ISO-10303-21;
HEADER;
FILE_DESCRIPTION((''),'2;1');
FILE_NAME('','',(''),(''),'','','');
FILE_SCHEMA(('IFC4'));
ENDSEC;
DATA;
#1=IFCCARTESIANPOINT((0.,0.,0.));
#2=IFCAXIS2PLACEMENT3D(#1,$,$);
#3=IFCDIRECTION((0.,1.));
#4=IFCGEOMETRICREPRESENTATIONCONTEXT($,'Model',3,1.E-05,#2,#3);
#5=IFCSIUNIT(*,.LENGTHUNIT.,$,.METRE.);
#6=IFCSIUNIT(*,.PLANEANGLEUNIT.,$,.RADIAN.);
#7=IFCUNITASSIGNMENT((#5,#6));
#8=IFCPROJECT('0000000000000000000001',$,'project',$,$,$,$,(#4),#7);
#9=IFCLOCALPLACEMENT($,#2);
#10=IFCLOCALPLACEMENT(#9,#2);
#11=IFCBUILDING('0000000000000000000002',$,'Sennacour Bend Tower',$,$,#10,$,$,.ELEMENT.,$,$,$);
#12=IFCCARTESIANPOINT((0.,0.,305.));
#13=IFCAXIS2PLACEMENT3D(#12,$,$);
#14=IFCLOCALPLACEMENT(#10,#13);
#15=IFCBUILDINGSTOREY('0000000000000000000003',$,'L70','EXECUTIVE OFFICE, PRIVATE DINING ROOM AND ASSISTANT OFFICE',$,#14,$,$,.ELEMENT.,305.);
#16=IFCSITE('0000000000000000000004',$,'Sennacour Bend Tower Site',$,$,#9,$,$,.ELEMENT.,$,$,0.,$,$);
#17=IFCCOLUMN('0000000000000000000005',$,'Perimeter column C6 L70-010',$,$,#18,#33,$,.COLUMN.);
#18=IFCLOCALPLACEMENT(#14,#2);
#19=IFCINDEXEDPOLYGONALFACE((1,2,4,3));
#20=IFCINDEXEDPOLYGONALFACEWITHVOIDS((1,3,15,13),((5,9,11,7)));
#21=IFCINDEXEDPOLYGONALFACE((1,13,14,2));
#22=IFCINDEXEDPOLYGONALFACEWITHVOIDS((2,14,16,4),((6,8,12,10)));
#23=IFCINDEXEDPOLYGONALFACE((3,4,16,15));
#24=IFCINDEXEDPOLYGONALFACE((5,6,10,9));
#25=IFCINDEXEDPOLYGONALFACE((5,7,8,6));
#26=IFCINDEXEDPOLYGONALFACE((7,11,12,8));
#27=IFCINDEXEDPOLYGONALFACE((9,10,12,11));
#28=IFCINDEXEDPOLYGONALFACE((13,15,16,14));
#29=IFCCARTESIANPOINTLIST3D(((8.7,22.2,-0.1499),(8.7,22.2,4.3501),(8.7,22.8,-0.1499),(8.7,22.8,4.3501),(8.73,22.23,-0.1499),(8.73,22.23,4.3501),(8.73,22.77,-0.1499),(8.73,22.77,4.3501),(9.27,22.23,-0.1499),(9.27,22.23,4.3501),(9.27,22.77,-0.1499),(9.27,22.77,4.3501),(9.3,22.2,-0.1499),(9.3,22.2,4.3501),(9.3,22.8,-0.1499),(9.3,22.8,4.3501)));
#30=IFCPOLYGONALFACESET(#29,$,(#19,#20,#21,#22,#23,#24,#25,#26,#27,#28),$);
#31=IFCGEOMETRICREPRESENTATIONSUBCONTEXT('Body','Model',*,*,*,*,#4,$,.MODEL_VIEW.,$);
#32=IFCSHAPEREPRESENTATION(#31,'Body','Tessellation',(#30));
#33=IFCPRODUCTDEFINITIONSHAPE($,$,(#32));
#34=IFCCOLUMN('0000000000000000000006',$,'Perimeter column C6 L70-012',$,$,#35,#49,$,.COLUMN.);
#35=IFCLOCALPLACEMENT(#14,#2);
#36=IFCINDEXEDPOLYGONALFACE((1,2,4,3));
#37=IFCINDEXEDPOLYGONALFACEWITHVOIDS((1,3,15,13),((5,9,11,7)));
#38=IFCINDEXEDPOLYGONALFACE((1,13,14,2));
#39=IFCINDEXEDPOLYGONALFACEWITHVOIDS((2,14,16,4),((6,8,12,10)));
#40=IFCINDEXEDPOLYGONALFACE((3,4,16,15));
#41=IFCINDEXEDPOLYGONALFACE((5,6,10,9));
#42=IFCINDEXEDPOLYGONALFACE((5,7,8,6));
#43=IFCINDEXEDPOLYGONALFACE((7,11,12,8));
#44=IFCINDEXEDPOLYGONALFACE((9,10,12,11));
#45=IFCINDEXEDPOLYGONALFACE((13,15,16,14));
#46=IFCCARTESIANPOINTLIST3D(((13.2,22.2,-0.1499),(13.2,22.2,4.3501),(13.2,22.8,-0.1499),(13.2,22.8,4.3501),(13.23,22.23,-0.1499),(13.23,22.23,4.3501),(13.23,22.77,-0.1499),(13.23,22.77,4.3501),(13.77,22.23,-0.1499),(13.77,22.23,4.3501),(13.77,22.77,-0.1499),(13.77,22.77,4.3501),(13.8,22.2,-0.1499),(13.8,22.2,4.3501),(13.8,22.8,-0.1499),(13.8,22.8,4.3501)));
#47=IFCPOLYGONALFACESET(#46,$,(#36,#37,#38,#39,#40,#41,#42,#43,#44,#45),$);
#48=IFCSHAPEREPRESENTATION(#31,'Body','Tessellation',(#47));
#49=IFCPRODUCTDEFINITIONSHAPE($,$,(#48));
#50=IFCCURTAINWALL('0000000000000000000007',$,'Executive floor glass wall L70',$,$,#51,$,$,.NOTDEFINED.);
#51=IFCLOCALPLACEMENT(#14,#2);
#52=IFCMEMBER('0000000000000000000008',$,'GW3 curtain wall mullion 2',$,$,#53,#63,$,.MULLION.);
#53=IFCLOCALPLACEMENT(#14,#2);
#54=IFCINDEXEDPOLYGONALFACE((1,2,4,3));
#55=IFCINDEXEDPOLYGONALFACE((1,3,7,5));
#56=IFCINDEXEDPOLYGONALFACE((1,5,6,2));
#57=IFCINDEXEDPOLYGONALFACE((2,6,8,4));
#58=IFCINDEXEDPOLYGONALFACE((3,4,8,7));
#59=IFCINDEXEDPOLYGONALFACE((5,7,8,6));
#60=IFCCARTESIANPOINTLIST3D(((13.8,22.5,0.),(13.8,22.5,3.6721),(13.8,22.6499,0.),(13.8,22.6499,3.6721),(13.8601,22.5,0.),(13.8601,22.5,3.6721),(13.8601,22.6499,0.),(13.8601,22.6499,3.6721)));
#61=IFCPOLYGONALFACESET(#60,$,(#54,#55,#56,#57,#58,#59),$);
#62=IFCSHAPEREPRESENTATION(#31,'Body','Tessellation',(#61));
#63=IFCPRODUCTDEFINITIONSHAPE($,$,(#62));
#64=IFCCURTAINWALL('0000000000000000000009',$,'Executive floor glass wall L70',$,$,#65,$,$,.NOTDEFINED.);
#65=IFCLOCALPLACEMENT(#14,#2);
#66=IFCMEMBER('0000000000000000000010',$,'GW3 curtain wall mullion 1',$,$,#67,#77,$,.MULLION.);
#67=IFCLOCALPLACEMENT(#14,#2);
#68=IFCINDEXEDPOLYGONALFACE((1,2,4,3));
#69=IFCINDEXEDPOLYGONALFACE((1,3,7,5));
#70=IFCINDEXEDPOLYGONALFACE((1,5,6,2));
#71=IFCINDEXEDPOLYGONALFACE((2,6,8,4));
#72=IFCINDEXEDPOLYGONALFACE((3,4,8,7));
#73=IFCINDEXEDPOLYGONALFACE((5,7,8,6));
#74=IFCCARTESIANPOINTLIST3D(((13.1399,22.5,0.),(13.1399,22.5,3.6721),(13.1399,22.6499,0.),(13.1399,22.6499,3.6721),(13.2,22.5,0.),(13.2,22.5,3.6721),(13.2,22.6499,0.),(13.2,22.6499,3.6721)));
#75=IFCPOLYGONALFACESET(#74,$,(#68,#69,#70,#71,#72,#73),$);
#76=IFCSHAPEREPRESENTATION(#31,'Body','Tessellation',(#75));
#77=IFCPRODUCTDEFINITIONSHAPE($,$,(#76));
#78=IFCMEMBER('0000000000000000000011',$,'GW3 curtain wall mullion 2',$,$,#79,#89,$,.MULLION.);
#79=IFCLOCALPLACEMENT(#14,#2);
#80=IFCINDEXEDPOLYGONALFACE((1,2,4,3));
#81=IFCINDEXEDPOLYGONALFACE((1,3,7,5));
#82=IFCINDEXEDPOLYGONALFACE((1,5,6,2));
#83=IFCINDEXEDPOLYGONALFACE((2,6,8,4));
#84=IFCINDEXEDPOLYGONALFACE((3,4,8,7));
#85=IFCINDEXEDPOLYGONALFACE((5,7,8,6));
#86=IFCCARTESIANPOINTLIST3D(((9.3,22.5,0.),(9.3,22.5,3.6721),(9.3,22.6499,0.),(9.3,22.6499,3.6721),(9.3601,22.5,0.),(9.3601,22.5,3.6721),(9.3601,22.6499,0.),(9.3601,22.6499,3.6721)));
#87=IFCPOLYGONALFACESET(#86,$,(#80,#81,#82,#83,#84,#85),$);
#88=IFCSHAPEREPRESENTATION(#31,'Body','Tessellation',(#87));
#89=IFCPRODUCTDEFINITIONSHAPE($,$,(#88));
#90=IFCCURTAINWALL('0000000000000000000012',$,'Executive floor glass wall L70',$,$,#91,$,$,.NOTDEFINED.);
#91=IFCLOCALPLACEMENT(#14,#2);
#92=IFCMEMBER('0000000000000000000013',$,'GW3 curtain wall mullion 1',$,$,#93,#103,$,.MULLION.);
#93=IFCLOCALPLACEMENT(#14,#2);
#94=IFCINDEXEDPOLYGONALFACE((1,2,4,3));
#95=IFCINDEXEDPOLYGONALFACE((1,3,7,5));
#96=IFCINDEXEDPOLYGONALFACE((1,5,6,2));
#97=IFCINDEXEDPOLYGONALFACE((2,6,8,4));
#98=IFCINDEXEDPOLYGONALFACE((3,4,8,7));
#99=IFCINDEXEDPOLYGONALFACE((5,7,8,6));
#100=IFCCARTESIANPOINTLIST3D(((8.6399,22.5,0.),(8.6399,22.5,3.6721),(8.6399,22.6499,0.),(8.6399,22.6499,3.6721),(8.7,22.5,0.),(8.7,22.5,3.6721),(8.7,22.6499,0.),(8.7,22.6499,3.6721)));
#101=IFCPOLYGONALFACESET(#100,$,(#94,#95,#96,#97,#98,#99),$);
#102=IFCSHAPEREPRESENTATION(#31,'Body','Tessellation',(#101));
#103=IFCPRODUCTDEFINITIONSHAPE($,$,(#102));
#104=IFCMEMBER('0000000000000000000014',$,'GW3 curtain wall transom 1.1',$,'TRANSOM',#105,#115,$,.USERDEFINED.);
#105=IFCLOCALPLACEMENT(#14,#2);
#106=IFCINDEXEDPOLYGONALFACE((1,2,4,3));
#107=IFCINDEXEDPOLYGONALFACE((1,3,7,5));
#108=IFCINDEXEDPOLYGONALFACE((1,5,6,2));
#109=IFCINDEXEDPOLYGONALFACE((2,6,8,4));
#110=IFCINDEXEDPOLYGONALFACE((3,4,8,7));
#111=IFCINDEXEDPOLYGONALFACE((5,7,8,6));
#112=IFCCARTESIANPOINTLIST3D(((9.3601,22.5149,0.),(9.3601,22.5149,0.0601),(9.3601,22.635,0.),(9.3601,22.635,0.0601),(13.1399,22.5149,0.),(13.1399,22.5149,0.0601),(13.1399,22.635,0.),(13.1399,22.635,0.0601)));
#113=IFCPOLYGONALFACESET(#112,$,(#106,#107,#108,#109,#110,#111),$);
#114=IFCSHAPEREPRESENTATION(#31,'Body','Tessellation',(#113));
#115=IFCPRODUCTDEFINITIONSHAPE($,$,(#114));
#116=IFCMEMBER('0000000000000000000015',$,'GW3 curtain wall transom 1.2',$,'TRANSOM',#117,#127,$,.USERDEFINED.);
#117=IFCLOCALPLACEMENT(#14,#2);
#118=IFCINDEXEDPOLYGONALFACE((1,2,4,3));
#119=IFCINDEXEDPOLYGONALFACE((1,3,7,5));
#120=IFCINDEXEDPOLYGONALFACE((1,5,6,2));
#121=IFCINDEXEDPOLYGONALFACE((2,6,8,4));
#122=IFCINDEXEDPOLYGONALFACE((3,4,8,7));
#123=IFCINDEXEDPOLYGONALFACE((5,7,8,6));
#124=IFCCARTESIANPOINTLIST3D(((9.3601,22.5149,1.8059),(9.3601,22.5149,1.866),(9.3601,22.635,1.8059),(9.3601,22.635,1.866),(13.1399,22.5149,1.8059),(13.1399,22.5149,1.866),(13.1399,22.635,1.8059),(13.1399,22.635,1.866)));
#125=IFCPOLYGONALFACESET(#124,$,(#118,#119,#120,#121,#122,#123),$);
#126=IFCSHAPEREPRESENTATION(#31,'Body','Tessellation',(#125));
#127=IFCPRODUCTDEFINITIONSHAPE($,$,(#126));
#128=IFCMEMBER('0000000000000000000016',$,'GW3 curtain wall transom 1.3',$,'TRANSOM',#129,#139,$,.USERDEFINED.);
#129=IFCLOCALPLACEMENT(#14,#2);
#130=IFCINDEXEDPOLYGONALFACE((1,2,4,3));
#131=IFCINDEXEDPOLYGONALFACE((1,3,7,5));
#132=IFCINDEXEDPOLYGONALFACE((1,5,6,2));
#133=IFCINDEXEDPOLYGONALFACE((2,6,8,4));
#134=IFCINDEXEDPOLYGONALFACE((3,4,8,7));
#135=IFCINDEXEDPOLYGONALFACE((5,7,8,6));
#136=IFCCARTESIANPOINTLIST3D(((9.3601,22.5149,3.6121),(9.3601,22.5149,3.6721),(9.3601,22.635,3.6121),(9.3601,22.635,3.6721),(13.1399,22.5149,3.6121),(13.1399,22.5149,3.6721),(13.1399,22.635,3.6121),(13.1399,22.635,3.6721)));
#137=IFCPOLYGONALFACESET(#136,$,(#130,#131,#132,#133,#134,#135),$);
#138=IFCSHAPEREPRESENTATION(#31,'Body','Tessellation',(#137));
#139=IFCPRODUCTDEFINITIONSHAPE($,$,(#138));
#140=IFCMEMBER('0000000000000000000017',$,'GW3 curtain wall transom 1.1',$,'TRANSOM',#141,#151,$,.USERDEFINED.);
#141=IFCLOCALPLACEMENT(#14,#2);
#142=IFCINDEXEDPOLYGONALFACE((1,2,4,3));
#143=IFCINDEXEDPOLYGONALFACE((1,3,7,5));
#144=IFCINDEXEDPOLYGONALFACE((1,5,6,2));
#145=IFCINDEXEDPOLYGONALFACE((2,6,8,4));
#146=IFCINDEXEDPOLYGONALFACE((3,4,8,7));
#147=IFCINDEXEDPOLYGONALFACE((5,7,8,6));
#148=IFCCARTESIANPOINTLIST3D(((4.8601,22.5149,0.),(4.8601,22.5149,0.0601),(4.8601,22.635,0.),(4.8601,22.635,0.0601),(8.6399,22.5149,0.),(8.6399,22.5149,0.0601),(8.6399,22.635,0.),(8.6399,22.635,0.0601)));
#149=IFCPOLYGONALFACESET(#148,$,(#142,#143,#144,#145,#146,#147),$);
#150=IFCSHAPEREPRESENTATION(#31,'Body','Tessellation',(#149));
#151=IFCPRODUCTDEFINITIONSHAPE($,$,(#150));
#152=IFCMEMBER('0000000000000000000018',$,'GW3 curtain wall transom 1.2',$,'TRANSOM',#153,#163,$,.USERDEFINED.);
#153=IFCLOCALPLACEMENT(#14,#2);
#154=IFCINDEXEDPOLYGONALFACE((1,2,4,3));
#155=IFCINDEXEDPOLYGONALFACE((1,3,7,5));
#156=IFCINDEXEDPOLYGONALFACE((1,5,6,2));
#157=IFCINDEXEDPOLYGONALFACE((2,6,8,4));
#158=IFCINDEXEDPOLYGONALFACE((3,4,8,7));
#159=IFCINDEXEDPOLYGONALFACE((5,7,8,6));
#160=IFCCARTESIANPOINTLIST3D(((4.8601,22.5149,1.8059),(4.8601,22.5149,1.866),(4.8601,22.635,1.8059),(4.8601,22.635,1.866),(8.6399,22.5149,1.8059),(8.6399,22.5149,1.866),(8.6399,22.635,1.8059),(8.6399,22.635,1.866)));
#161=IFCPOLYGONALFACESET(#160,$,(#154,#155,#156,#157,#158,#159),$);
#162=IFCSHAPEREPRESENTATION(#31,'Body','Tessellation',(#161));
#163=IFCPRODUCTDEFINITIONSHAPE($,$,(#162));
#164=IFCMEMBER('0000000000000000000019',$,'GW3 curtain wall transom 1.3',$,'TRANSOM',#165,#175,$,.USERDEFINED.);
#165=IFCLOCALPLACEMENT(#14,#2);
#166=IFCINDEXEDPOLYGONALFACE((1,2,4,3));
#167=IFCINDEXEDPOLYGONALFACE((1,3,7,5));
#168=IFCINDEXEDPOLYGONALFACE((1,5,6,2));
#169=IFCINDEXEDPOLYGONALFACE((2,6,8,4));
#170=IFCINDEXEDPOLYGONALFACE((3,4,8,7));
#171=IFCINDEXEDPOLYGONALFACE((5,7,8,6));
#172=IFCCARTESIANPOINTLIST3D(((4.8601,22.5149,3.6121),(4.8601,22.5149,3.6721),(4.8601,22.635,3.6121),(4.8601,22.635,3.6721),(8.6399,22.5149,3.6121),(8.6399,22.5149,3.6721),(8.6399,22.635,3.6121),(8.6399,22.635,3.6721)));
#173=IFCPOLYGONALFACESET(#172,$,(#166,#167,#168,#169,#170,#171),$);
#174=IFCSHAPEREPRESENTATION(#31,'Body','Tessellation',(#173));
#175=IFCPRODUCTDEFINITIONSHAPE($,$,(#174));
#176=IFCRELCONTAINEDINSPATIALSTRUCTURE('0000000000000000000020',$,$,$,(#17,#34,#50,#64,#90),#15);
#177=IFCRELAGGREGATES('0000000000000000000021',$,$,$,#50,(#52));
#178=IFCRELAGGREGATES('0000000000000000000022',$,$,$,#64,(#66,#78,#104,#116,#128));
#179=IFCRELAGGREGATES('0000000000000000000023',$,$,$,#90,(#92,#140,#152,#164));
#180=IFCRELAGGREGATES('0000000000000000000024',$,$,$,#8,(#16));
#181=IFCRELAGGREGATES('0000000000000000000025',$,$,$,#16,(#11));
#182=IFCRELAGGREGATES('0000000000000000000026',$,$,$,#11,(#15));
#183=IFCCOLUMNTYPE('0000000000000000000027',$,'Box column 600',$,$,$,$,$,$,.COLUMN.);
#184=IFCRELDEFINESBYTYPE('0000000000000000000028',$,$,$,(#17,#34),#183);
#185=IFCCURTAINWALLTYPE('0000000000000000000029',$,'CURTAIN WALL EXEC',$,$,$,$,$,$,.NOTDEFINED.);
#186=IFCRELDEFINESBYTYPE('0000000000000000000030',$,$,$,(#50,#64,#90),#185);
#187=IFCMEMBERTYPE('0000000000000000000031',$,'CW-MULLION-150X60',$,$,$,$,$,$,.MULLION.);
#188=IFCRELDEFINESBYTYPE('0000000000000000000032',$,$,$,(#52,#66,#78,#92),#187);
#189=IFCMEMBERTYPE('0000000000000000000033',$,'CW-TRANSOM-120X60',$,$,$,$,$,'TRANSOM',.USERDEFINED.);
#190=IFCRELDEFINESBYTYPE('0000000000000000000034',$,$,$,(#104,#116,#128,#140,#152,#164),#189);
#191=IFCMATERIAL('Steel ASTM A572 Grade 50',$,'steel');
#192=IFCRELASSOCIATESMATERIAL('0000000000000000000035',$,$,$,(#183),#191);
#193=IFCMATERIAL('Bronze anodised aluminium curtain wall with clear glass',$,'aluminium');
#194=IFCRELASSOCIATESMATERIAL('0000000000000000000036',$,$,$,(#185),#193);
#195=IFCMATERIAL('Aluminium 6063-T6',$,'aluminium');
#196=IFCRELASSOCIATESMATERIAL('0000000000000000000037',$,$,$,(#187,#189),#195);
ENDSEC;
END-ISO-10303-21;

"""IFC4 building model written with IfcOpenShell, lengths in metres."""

from ifc_helpers import new_model, si_unit, direction, frame, origin, origin_2d, place, context, subcontext, project, spatial, rectangle, hollow_rectangle, extrude, material, material_profile, profile_set, type_object, element, aggregate, save


model = new_model("IFC4")

# Units and contexts
model_context = context("Model", 3, precision=1e-05, world=origin(), true_north=direction((0.0, 1.0)))
body_context = subcontext(model_context, "Body", "Model", "MODEL_VIEW")
ifc_project = project(units=[si_unit("LENGTHUNIT", "METRE"), si_unit("PLANEANGLEUNIT", "RADIAN")], contexts=[model_context])

# Site, building, storey
site_placement = place(None, origin())
site = spatial("IfcSite", under=ifc_project, at=site_placement, Name="Sennacour Bend Tower Site", CompositionType="ELEMENT", RefElevation=0.0)
building_placement = place(site_placement, origin())
building = spatial("IfcBuilding", under=site, at=building_placement, Name="Sennacour Bend Tower", CompositionType="ELEMENT")
storey_placement = place(building_placement, frame((0.0, 0.0, 305.0)))
storey = spatial("IfcBuildingStorey", under=building, at=storey_placement, Name="L70", Description="EXECUTIVE OFFICE, PRIVATE DINING ROOM AND ASSISTANT OFFICE", CompositionType="ELEMENT", Elevation=305.0)

# Columns
ifc_material_1 = material(Name="Steel ASTM A572 Grade 50", Category="steel")
ifc_material_profile_1 = material_profile(ifc_material_1, hollow_rectangle(XDim=0.6001, YDim=0.6001, WallThickness=0.03, at=origin_2d()), Name="Steel ASTM A572 Grade 50", Category="steel")
ifc_profile_set_1 = profile_set([ifc_material_profile_1], Name="Steel ASTM A572 Grade 50")
column_type = type_object("IfcColumnType", Name="Box column 600", PredefinedType="COLUMN", material=ifc_profile_set_1)
for number, where, z_axis, x_axis, name in (
    (1, (9.0, 22.5, -0.1499), (0.0, 0.0, 1.0), (1.0, 0.0, 0.0), "Perimeter column C6 L70-010"),
    (2, (13.5, 22.5, -0.1499), (0.0, 0.0, 1.0), (1.0, 0.0, 0.0), "Perimeter column C6 L70-012"),
):
    element("IfcColumn", number, at=place(storey_placement, frame(where, z_axis=z_axis, x_axis=x_axis)), inside=storey, type_object=column_type, Name=name, PredefinedType="COLUMN", context=body_context, shape_type="SweptSolid", body=[
        extrude(hollow_rectangle(XDim=0.6001, YDim=0.6001, WallThickness=0.03, at=origin_2d()), origin(), (0.0, 0.0, 1.0), 4.5),
    ])

# Curtain wall, member
ifc_material_2 = material(Name="Bronze anodised aluminium curtain wall with clear glass", Category="aluminium")
curtain_wall_type = type_object("IfcCurtainWallType", Name="CURTAIN WALL EXEC", PredefinedType="NOTDEFINED", material=ifc_material_2)
curtain_wall_1_placement = place(storey_placement, origin())
curtain_wall_1 = element("IfcCurtainWall", 3, at=curtain_wall_1_placement, inside=storey, type_object=curtain_wall_type, Name="Executive floor glass wall L70", PredefinedType="NOTDEFINED")
ifc_material_3 = material(Name="Aluminium 6063-T6", Category="aluminium")
ifc_material_profile_2 = material_profile(ifc_material_3, rectangle(XDim=0.1499, YDim=0.0601, at=origin_2d()), Name="Aluminium 6063-T6", Category="aluminium")
ifc_profile_set_2 = profile_set([ifc_material_profile_2], Name="Aluminium 6063-T6")
member_type_1 = type_object("IfcMemberType", Name="CW-MULLION-150X60", PredefinedType="MULLION", material=ifc_profile_set_2)
member_1_placement = place(storey_placement, frame((13.8301, 22.575, 0.0), z_axis=(0.0, 0.0, 1.0), x_axis=(0.0, -1.0, 0.0)))
member_1 = element("IfcMember", 4, at=member_1_placement, type_object=member_type_1, Name="GW3 curtain wall mullion 2", PredefinedType="MULLION", context=body_context, shape_type="SweptSolid", body=[
    extrude(rectangle(XDim=0.1499, YDim=0.0601, at=origin_2d()), origin(), (0.0, 0.0, 1.0), 3.6721),
])

# Curtain wall, members
curtain_wall_2_placement = place(storey_placement, origin())
curtain_wall_2 = element("IfcCurtainWall", 5, at=curtain_wall_2_placement, inside=storey, type_object=curtain_wall_type, Name="Executive floor glass wall L70", PredefinedType="NOTDEFINED")
member_2_placement = place(storey_placement, frame((13.1699, 22.575, 0.0), z_axis=(0.0, 0.0, 1.0), x_axis=(0.0, -1.0, 0.0)))
member_2 = element("IfcMember", 6, at=member_2_placement, type_object=member_type_1, Name="GW3 curtain wall mullion 1", PredefinedType="MULLION", context=body_context, shape_type="SweptSolid", body=[
    extrude(rectangle(XDim=0.1499, YDim=0.0601, at=origin_2d()), origin(), (0.0, 0.0, 1.0), 3.6721),
])
member_3_placement = place(storey_placement, frame((9.3301, 22.575, 0.0), z_axis=(0.0, 0.0, 1.0), x_axis=(0.0, -1.0, 0.0)))
member_3 = element("IfcMember", 7, at=member_3_placement, type_object=member_type_1, Name="GW3 curtain wall mullion 2", PredefinedType="MULLION", context=body_context, shape_type="SweptSolid", body=[
    extrude(rectangle(XDim=0.1499, YDim=0.0601, at=origin_2d()), origin(), (0.0, 0.0, 1.0), 3.6721),
])

# Curtain wall, member
curtain_wall_3_placement = place(storey_placement, origin())
curtain_wall_3 = element("IfcCurtainWall", 8, at=curtain_wall_3_placement, inside=storey, type_object=curtain_wall_type, Name="Executive floor glass wall L70", PredefinedType="NOTDEFINED")
member_4_placement = place(storey_placement, frame((8.6699, 22.575, 0.0), z_axis=(0.0, 0.0, 1.0), x_axis=(0.0, -1.0, 0.0)))
member_4 = element("IfcMember", 9, at=member_4_placement, type_object=member_type_1, Name="GW3 curtain wall mullion 1", PredefinedType="MULLION", context=body_context, shape_type="SweptSolid", body=[
    extrude(rectangle(XDim=0.1499, YDim=0.0601, at=origin_2d()), origin(), (0.0, 0.0, 1.0), 3.6721),
])

# Members
ifc_material_profile_3 = material_profile(ifc_material_3, rectangle(XDim=0.1201, YDim=0.0601, at=origin_2d()), Name="Aluminium 6063-T6", Category="aluminium")
ifc_profile_set_3 = profile_set([ifc_material_profile_3], Name="Aluminium 6063-T6")
member_type_2 = type_object("IfcMemberType", Name="CW-TRANSOM-120X60", ElementType="TRANSOM", PredefinedType="USERDEFINED", material=ifc_profile_set_3)
member_5_placement = place(storey_placement, frame((13.1399, 22.575, 0.03), z_axis=(-1.0, 0.0, 0.0), x_axis=(0.0, -1.0, 0.0)))
member_5 = element("IfcMember", 10, at=member_5_placement, type_object=member_type_2, Name="GW3 curtain wall transom 1.1", ObjectType="TRANSOM", PredefinedType="USERDEFINED", context=body_context, shape_type="SweptSolid", body=[
    extrude(rectangle(XDim=0.1201, YDim=0.0601, at=origin_2d()), origin(), (0.0, 0.0, 1.0), 3.7798),
])
member_6_placement = place(storey_placement, frame((13.1399, 22.575, 1.8359), z_axis=(-1.0, 0.0, 0.0), x_axis=(0.0, -1.0, 0.0)))
member_6 = element("IfcMember", 11, at=member_6_placement, type_object=member_type_2, Name="GW3 curtain wall transom 1.2", ObjectType="TRANSOM", PredefinedType="USERDEFINED", context=body_context, shape_type="SweptSolid", body=[
    extrude(rectangle(XDim=0.1201, YDim=0.0601, at=origin_2d()), origin(), (0.0, 0.0, 1.0), 3.7798),
])
member_7_placement = place(storey_placement, frame((13.1399, 22.575, 3.6421), z_axis=(-1.0, 0.0, 0.0), x_axis=(0.0, -1.0, 0.0)))
member_7 = element("IfcMember", 12, at=member_7_placement, type_object=member_type_2, Name="GW3 curtain wall transom 1.3", ObjectType="TRANSOM", PredefinedType="USERDEFINED", context=body_context, shape_type="SweptSolid", body=[
    extrude(rectangle(XDim=0.1201, YDim=0.0601, at=origin_2d()), origin(), (0.0, 0.0, 1.0), 3.7798),
])
member_8_placement = place(storey_placement, frame((8.6399, 22.575, 0.03), z_axis=(-1.0, 0.0, 0.0), x_axis=(0.0, -1.0, 0.0)))
member_8 = element("IfcMember", 13, at=member_8_placement, type_object=member_type_2, Name="GW3 curtain wall transom 1.1", ObjectType="TRANSOM", PredefinedType="USERDEFINED", context=body_context, shape_type="SweptSolid", body=[
    extrude(rectangle(XDim=0.1201, YDim=0.0601, at=origin_2d()), origin(), (0.0, 0.0, 1.0), 3.7798),
])
member_9_placement = place(storey_placement, frame((8.6399, 22.575, 1.8359), z_axis=(-1.0, 0.0, 0.0), x_axis=(0.0, -1.0, 0.0)))
member_9 = element("IfcMember", 14, at=member_9_placement, type_object=member_type_2, Name="GW3 curtain wall transom 1.2", ObjectType="TRANSOM", PredefinedType="USERDEFINED", context=body_context, shape_type="SweptSolid", body=[
    extrude(rectangle(XDim=0.1201, YDim=0.0601, at=origin_2d()), origin(), (0.0, 0.0, 1.0), 3.7798),
])
member_10_placement = place(storey_placement, frame((8.6399, 22.575, 3.6421), z_axis=(-1.0, 0.0, 0.0), x_axis=(0.0, -1.0, 0.0)))
member_10 = element("IfcMember", 15, at=member_10_placement, type_object=member_type_2, Name="GW3 curtain wall transom 1.3", ObjectType="TRANSOM", PredefinedType="USERDEFINED", context=body_context, shape_type="SweptSolid", body=[
    extrude(rectangle(XDim=0.1201, YDim=0.0601, at=origin_2d()), origin(), (0.0, 0.0, 1.0), 3.7798),
])

aggregate(curtain_wall_1, [member_1])
aggregate(curtain_wall_2, [member_2, member_3, member_5, member_6, member_7])
aggregate(curtain_wall_3, [member_4, member_8, member_9, member_10])

save(model, "model.ifc")
